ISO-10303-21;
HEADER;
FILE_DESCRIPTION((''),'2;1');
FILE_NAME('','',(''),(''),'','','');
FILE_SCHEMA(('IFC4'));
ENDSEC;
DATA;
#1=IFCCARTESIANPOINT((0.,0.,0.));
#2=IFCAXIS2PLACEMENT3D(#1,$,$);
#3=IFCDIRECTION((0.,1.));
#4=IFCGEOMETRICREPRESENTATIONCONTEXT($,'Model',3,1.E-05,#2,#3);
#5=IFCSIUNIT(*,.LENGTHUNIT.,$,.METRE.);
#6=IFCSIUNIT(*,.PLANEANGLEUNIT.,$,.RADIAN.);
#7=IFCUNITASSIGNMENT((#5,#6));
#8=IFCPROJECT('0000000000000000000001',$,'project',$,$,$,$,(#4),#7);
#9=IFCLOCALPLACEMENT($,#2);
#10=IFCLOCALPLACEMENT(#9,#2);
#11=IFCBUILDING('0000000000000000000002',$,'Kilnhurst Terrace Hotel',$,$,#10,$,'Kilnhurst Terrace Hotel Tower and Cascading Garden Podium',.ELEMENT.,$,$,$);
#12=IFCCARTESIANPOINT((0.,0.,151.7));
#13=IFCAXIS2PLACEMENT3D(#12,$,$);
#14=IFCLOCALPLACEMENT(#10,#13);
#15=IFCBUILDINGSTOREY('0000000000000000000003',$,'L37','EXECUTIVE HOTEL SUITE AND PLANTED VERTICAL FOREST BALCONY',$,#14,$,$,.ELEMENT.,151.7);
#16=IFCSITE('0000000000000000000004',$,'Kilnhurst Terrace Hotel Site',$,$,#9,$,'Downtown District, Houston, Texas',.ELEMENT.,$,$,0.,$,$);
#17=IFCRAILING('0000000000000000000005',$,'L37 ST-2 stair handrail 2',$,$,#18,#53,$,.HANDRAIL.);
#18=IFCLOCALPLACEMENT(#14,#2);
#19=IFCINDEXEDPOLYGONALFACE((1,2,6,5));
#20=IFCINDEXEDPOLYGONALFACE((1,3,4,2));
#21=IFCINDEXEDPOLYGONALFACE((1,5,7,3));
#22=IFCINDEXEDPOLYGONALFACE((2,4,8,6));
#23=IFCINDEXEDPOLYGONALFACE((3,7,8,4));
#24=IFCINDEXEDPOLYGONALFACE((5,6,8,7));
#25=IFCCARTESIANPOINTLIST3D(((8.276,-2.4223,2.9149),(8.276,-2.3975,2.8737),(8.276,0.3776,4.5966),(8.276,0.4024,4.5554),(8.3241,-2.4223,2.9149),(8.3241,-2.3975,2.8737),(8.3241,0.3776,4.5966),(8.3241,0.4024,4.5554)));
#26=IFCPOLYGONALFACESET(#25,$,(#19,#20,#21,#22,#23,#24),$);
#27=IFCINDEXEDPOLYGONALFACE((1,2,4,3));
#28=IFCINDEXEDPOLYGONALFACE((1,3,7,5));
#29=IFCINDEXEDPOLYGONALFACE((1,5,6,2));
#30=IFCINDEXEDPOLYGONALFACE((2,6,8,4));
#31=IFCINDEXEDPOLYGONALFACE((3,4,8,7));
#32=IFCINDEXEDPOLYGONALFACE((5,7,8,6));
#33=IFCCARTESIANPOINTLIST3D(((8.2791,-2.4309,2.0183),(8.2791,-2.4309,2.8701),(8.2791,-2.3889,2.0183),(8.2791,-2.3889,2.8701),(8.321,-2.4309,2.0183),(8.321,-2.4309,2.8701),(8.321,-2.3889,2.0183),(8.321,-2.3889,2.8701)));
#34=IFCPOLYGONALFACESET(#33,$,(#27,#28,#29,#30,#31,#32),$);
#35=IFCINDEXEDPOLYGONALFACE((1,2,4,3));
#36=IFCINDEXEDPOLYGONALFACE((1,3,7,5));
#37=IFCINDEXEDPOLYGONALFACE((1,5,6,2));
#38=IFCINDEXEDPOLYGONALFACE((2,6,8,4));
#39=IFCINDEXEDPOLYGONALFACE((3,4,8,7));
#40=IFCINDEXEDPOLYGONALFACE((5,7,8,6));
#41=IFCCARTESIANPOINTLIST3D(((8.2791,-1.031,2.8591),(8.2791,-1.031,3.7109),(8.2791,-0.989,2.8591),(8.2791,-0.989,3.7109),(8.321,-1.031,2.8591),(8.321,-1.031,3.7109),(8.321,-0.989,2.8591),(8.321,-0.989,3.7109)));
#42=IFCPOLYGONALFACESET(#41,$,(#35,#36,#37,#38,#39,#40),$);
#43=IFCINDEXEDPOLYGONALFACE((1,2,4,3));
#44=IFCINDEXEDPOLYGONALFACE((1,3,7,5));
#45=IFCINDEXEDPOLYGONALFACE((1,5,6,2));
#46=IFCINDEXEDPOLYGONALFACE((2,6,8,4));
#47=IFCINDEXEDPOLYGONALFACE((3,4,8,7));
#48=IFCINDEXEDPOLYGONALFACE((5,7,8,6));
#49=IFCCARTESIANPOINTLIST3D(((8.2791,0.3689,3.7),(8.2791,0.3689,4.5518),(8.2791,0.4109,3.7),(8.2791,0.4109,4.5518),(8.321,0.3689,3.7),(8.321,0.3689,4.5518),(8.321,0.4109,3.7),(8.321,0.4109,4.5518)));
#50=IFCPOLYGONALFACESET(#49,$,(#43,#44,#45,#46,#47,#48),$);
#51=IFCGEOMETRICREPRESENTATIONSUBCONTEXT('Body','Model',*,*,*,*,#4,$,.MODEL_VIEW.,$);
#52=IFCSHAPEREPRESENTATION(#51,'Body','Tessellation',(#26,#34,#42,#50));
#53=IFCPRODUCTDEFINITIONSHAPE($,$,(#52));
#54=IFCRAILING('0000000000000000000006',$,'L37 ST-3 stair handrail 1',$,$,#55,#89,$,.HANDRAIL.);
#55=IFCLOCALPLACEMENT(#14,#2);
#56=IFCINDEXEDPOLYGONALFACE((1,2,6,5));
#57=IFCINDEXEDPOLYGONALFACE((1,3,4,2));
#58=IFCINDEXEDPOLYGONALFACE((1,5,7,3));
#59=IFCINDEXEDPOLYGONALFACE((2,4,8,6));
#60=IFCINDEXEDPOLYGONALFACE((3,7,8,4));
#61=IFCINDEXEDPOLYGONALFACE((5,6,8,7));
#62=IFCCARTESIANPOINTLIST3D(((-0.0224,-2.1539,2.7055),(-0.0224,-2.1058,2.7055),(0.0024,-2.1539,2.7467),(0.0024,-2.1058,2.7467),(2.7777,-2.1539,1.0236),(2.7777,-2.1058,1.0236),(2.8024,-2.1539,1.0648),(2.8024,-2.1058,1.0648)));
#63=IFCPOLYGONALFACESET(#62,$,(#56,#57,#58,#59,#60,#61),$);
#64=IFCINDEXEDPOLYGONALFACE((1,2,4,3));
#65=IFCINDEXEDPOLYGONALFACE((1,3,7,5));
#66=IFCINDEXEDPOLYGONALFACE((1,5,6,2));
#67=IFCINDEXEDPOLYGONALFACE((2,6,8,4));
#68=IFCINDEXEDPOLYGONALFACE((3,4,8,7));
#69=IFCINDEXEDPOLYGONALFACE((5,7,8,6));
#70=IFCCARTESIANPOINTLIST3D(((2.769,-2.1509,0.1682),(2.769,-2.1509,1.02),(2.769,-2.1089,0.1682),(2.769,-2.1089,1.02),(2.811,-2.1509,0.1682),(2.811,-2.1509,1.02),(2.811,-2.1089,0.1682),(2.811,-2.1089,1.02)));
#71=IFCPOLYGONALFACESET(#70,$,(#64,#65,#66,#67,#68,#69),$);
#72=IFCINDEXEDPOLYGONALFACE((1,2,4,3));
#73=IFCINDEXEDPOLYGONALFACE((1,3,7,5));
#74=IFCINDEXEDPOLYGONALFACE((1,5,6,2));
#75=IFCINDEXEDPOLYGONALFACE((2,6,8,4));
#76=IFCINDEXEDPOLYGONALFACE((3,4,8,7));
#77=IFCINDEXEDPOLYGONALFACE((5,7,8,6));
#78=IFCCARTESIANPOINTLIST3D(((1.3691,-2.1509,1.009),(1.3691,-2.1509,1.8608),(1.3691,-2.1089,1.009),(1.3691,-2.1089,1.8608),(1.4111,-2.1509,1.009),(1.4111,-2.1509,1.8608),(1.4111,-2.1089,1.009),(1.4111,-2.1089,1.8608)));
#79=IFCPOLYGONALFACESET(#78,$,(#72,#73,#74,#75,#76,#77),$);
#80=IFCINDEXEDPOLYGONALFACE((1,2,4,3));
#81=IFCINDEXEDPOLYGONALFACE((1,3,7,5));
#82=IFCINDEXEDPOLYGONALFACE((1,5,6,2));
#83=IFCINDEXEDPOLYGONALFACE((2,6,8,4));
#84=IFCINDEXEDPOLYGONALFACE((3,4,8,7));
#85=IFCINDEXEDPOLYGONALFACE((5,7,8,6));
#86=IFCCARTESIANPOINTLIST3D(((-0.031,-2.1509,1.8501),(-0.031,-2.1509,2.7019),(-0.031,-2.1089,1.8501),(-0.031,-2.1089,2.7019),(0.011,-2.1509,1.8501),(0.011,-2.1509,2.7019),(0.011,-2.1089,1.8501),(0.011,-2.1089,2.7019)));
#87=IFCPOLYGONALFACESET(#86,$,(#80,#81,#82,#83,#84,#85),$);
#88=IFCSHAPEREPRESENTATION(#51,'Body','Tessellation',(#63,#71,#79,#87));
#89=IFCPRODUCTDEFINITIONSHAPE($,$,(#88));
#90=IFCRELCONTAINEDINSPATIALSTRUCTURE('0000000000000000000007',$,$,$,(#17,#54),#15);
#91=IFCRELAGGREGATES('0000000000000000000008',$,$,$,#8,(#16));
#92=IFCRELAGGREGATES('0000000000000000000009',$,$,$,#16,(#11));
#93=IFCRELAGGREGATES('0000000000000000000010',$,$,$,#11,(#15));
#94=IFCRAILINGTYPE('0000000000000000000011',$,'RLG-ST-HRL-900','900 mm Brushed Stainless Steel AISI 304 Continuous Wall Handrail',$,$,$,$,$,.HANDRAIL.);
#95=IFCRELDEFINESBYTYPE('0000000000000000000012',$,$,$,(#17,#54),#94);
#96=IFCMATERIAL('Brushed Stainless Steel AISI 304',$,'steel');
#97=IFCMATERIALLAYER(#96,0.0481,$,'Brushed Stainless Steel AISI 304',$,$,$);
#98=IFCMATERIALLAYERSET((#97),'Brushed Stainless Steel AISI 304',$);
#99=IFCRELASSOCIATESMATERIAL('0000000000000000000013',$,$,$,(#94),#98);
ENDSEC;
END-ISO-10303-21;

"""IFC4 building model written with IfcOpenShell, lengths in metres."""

from ifc_helpers import new_model, si_unit, direction, frame, origin, origin_2d, place, context, subcontext, project, spatial, rectangle, extrude, material, layer, layer_set, type_object, element, save


model = new_model("IFC4")

# Units and contexts
model_context = context("Model", 3, precision=1e-05, world=origin(), true_north=direction((0.0, 1.0)))
body_context = subcontext(model_context, "Body", "Model", "MODEL_VIEW")
ifc_project = project(units=[si_unit("LENGTHUNIT", "METRE"), si_unit("PLANEANGLEUNIT", "RADIAN")], contexts=[model_context])

# Site, building, storey
site_placement = place(None, origin())
site = spatial("IfcSite", under=ifc_project, at=site_placement, Name="Kilnhurst Terrace Hotel Site", LongName="Downtown District, Houston, Texas", CompositionType="ELEMENT", RefElevation=0.0)
building_placement = place(site_placement, origin())
building = spatial("IfcBuilding", under=site, at=building_placement, Name="Kilnhurst Terrace Hotel", LongName="Kilnhurst Terrace Hotel Tower and Cascading Garden Podium", CompositionType="ELEMENT")
storey_placement = place(building_placement, frame((0.0, 0.0, 151.7)))
storey = spatial("IfcBuildingStorey", under=building, at=storey_placement, Name="L37", Description="EXECUTIVE HOTEL SUITE AND PLANTED VERTICAL FOREST BALCONY", CompositionType="ELEMENT", Elevation=151.7)

# Railings
ifc_material_1 = material(Name="Brushed Stainless Steel AISI 304", Category="steel")
ifc_layer_1 = layer(ifc_material_1, 0.0481, Name="Brushed Stainless Steel AISI 304")
ifc_layer_set_1 = layer_set([ifc_layer_1], Name="Brushed Stainless Steel AISI 304")
railing_type_1 = type_object("IfcRailingType", Name="RLG-ST-HRL-900", Description="900 mm Brushed Stainless Steel AISI 304 Continuous Wall Handrail", PredefinedType="HANDRAIL", material=ifc_layer_set_1)
railing_1_placement = place(storey_placement, frame((8.3, -2.4099, 2.0183)))
element("IfcRailing", 1, at=railing_1_placement, inside=storey, type_object=railing_type_1, Name="L37 ST-2 stair handrail 2", PredefinedType="HANDRAIL", context=body_context, shape_type="SweptSolid", body=[
    extrude(rectangle(XDim=0.0481, YDim=0.0481, at=origin_2d()), frame((0.0, 0.0, 0.876), z_axis=(0.0, 0.857255, 0.514891), x_axis=(-1.0, 0.0, 0.0)), (0.0, 0.0, 1.0), 3.2661),
    extrude(rectangle(XDim=0.042, YDim=0.042, at=origin_2d()), origin(), (0.0, 0.0, 1.0), 0.8518),
    extrude(rectangle(XDim=0.042, YDim=0.042, at=origin_2d()), frame((0.0, 1.3999, 0.8408)), (0.0, 0.0, 1.0), 0.8518),
    extrude(rectangle(XDim=0.042, YDim=0.042, at=origin_2d()), frame((0.0, 2.7998, 1.6816)), (0.0, 0.0, 1.0), 0.8518),
])
railing_2_placement = place(storey_placement, frame((2.79, -2.1299, 0.1682)))
element("IfcRailing", 2, at=railing_2_placement, inside=storey, type_object=railing_type_1, Name="L37 ST-3 stair handrail 1", PredefinedType="HANDRAIL", context=body_context, shape_type="SweptSolid", body=[
    extrude(rectangle(XDim=0.0481, YDim=0.0481, at=origin_2d()), frame((0.0, 0.0, 0.876), z_axis=(-0.857242, 0.0, 0.514913), x_axis=(0.0, -1.0, 0.0)), (0.0, 0.0, 1.0), 3.2664),
    extrude(rectangle(XDim=0.042, YDim=0.042, at=origin_2d()), origin(), (0.0, 0.0, 1.0), 0.8518),
    extrude(rectangle(XDim=0.042, YDim=0.042, at=origin_2d()), frame((-1.3999, 0.0, 0.8408)), (0.0, 0.0, 1.0), 0.8518),
    extrude(rectangle(XDim=0.042, YDim=0.042, at=origin_2d()), frame((-2.8, 0.0, 1.6819)), (0.0, 0.0, 1.0), 0.8518),
])

save(model, "model.ifc")
